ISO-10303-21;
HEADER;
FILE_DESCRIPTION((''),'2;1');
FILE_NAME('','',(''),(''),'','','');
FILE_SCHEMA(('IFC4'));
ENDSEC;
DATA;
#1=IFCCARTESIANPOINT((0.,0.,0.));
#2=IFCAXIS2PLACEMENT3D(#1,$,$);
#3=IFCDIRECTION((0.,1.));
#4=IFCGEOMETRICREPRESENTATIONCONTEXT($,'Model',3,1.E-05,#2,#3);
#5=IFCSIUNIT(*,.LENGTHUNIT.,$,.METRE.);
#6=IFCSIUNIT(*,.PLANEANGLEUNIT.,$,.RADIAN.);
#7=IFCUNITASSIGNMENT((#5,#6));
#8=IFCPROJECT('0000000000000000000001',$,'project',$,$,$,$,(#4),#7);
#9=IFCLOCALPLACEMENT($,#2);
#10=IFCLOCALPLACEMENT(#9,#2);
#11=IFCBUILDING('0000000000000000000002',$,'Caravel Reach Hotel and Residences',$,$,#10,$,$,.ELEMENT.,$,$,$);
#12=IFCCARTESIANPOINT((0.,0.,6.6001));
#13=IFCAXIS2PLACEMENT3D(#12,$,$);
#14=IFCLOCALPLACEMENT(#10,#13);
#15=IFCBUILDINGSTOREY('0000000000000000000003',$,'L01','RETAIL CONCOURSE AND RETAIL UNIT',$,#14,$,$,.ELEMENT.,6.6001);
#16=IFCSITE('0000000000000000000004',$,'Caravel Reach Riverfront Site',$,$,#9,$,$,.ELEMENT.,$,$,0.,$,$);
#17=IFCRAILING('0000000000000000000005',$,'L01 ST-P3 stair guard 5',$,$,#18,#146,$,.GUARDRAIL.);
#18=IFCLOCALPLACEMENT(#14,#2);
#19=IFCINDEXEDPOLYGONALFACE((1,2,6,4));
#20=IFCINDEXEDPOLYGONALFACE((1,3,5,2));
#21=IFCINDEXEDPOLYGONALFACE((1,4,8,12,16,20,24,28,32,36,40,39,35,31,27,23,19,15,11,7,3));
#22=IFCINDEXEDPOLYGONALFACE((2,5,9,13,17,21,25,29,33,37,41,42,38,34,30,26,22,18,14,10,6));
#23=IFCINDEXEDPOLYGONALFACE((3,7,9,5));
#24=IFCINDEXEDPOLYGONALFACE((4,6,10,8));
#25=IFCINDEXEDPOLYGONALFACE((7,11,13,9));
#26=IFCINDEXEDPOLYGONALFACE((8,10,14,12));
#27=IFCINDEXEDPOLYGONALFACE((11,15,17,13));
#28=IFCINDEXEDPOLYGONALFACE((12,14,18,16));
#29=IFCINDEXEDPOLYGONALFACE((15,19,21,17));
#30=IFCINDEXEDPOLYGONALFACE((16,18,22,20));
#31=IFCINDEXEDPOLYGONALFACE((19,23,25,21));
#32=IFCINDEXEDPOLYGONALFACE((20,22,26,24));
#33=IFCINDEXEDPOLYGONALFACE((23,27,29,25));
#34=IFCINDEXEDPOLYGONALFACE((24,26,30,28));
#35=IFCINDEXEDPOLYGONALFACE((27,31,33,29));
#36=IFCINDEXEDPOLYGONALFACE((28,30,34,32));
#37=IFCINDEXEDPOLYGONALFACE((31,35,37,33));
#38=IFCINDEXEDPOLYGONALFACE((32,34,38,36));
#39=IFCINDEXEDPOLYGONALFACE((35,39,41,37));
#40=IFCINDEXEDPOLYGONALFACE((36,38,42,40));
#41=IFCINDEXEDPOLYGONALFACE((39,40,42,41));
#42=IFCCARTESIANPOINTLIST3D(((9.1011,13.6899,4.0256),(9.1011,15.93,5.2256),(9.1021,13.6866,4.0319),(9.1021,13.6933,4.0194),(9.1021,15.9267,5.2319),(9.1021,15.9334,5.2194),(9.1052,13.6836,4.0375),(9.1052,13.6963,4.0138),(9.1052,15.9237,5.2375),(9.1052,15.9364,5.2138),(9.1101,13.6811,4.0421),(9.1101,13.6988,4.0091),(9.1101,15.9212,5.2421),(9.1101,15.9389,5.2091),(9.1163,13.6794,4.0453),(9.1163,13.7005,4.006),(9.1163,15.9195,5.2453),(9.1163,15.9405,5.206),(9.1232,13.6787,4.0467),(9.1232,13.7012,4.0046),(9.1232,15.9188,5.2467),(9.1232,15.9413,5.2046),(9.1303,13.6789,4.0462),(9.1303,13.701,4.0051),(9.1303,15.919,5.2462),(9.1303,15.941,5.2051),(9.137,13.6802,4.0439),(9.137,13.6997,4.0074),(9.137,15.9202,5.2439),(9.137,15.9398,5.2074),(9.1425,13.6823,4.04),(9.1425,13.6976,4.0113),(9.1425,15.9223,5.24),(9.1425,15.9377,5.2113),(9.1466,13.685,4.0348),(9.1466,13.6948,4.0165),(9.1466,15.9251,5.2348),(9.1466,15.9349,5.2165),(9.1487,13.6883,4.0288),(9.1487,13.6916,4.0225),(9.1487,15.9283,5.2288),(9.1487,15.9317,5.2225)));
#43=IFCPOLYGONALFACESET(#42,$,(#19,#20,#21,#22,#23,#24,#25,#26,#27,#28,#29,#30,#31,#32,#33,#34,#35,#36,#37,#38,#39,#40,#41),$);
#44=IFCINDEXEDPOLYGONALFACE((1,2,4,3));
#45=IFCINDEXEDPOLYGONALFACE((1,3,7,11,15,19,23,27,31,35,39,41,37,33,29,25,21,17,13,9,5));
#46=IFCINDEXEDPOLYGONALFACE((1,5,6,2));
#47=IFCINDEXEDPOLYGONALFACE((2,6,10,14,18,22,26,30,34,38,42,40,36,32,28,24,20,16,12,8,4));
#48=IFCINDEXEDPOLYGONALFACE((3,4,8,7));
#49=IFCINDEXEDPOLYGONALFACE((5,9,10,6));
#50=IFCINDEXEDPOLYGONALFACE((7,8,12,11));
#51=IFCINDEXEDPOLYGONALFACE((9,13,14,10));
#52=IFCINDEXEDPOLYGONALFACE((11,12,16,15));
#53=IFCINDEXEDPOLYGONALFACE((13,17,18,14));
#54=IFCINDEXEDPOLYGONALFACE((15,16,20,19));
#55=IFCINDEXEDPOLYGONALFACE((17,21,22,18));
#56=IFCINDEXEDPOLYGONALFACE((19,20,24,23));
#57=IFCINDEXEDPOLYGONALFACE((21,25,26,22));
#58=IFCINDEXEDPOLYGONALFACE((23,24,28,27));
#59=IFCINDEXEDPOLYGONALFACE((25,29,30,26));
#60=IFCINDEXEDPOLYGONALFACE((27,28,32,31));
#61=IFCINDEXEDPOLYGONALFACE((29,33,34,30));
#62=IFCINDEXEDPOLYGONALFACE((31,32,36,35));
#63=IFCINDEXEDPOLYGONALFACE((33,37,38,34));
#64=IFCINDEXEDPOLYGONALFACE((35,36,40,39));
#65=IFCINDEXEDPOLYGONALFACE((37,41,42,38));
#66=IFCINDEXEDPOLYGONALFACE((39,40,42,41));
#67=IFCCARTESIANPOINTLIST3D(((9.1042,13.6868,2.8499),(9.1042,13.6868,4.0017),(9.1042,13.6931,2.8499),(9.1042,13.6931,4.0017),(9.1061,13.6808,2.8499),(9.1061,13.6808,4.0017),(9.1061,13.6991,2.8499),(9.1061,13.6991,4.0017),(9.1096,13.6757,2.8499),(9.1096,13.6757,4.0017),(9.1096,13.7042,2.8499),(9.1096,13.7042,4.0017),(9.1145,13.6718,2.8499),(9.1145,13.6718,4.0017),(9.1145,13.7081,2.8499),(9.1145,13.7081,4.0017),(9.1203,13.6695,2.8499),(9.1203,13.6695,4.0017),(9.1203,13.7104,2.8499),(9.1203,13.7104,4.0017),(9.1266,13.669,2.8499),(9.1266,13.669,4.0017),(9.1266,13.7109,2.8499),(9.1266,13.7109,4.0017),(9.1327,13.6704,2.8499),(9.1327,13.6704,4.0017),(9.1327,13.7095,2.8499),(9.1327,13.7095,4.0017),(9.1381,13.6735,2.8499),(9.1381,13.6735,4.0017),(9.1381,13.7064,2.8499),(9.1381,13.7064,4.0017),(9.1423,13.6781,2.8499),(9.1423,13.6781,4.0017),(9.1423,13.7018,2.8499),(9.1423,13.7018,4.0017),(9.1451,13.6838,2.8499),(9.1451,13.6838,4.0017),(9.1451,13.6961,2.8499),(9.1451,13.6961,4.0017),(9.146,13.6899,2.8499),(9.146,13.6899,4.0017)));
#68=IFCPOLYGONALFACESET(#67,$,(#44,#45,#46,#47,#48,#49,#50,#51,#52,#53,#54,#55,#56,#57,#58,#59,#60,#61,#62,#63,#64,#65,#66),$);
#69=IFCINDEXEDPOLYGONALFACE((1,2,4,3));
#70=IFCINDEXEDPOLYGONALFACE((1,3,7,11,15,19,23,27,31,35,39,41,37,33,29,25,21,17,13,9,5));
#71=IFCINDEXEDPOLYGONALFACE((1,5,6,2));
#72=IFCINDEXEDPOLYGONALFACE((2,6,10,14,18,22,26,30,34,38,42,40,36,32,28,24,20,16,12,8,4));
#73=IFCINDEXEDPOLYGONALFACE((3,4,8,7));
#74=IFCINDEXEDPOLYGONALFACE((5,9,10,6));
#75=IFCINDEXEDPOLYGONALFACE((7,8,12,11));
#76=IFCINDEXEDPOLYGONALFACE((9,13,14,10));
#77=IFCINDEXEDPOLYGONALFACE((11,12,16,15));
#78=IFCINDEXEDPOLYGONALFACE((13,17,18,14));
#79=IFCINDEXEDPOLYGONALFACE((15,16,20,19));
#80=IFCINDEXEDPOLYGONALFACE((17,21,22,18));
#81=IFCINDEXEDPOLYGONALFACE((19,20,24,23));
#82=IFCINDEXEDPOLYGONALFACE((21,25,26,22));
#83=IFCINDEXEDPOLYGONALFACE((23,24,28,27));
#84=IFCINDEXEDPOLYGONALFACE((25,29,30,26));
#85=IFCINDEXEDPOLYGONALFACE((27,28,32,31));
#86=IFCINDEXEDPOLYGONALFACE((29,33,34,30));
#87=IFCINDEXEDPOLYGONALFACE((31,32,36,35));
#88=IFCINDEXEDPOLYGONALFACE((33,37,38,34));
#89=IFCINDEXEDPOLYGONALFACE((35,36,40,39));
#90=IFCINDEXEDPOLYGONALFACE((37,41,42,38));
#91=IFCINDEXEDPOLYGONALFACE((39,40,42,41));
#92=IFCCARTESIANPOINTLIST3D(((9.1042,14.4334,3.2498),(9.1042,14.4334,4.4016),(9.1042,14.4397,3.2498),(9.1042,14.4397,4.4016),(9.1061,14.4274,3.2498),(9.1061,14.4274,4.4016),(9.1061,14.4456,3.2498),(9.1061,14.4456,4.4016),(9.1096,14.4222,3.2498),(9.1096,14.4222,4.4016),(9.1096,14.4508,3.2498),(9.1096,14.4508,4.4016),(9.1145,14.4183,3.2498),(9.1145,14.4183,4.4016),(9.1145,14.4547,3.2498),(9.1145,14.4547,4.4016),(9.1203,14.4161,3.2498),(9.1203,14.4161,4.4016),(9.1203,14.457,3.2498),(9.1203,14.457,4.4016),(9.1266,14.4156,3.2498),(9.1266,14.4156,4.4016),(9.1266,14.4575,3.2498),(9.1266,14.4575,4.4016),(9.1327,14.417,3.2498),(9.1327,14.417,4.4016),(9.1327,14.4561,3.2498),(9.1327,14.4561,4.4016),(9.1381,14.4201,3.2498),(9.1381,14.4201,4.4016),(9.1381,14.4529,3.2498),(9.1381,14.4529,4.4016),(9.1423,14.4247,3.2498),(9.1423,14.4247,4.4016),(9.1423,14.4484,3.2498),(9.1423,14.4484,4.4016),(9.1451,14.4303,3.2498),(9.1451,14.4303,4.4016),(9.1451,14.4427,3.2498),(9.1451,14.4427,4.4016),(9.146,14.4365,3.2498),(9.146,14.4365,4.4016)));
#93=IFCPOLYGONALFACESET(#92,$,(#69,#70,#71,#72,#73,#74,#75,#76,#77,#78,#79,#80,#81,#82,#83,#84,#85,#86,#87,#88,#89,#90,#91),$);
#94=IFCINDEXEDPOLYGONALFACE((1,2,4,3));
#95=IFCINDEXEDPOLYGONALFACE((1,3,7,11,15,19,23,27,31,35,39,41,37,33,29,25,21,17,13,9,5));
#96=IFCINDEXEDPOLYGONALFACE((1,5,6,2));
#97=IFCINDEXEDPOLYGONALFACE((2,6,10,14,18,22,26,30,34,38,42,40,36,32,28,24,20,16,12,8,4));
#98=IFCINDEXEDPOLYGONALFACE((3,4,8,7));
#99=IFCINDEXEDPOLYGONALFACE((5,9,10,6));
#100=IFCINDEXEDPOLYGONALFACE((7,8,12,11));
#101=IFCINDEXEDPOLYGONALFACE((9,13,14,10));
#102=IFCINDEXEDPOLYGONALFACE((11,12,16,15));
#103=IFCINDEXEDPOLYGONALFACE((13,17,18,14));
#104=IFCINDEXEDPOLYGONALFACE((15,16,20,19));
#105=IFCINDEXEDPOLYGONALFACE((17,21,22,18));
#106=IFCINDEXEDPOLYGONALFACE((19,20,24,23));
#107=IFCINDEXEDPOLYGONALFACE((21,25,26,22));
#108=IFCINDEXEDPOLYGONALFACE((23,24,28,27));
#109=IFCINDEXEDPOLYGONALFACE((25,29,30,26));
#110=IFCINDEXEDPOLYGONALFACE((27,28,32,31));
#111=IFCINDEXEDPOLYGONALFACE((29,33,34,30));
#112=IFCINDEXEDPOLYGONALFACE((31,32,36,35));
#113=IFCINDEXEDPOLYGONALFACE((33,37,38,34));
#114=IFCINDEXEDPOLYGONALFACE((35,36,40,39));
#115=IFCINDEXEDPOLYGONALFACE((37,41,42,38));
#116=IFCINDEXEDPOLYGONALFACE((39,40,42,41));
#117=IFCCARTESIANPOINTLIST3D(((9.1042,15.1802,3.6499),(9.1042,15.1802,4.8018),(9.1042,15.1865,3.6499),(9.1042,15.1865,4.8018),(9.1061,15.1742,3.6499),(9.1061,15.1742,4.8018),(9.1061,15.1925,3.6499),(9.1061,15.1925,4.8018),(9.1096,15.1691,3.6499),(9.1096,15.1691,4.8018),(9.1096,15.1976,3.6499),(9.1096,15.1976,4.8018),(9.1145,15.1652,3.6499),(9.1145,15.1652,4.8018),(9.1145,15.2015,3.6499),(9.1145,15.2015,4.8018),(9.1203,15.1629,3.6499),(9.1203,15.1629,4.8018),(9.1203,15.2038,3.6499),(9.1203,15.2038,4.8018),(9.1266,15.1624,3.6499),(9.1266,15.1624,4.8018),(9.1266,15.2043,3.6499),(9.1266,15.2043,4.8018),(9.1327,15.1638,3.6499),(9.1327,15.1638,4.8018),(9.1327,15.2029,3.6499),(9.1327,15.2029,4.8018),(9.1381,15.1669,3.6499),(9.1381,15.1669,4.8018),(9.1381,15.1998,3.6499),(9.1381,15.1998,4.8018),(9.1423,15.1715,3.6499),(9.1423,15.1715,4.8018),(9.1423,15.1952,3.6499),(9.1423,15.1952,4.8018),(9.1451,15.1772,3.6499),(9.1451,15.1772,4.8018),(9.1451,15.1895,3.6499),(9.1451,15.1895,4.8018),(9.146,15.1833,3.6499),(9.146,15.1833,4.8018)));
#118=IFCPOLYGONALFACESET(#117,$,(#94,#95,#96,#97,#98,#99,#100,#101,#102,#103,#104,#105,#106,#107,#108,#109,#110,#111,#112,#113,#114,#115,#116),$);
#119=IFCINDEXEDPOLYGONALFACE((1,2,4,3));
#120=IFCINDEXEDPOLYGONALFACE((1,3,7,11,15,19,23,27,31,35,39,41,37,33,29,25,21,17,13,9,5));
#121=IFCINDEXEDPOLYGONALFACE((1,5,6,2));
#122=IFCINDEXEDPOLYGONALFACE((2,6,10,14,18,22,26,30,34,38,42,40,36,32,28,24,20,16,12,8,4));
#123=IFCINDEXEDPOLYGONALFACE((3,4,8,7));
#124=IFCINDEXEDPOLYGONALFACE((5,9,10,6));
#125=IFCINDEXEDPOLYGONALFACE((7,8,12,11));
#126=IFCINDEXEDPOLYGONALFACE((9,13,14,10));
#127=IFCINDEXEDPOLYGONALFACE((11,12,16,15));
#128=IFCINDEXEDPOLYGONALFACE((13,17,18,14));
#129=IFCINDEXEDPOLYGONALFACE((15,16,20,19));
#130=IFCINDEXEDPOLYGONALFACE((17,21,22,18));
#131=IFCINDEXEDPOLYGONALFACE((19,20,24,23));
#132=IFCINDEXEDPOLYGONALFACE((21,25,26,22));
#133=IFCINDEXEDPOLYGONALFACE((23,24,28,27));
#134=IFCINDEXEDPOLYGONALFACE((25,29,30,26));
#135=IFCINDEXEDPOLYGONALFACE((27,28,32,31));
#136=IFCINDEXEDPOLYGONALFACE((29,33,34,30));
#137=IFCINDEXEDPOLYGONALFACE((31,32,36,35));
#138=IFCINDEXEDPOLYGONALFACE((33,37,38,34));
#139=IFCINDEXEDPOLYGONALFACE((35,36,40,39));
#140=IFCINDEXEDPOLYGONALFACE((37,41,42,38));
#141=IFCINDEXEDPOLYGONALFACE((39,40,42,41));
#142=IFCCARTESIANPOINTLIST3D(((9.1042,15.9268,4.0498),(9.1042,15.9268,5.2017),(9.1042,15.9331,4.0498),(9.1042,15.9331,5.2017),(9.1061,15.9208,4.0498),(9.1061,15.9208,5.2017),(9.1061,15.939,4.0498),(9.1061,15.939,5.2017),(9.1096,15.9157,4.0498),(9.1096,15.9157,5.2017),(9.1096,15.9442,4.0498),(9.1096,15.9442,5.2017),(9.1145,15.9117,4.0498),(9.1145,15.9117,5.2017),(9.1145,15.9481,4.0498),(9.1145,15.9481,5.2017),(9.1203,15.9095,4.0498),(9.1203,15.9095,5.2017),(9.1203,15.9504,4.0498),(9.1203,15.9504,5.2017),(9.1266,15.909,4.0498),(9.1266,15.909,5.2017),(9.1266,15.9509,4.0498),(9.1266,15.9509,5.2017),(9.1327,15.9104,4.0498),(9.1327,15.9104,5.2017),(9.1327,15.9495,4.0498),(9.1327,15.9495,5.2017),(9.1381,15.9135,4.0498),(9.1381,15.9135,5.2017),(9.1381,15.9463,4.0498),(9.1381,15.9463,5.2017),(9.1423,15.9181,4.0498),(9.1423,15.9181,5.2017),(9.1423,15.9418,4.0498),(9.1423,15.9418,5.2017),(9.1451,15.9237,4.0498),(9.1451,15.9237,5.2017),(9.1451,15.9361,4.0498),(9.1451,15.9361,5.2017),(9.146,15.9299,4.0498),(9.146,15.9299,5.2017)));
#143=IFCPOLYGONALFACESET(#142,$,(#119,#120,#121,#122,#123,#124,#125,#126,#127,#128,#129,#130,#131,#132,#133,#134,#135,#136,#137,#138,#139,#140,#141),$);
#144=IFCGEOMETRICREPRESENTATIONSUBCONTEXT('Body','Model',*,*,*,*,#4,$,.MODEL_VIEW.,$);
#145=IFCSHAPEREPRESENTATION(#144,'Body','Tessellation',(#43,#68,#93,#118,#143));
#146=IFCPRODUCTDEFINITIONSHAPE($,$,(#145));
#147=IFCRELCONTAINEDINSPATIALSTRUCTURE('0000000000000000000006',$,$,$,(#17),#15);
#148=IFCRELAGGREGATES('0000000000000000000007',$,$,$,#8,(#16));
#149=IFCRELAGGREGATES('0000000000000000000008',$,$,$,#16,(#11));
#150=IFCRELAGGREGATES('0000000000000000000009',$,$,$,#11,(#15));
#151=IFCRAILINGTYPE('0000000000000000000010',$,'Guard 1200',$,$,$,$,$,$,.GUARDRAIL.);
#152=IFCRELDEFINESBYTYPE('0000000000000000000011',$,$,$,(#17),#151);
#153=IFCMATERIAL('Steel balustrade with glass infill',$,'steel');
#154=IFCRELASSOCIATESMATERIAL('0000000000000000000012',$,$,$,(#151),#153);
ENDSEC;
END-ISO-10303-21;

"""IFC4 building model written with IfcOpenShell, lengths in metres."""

from ifc_helpers import new_model, si_unit, direction, frame, origin, origin_2d, place, context, subcontext, project, spatial, circle, extrude, material, type_object, element, save


model = new_model("IFC4")

# Units and contexts
model_context = context("Model", 3, precision=1e-05, world=origin(), true_north=direction((0.0, 1.0)))
body_context = subcontext(model_context, "Body", "Model", "MODEL_VIEW")
ifc_project = project(units=[si_unit("LENGTHUNIT", "METRE"), si_unit("PLANEANGLEUNIT", "RADIAN")], contexts=[model_context])

# Site, building, storey
site_placement = place(None, origin())
site = spatial("IfcSite", under=ifc_project, at=site_placement, Name="Caravel Reach Riverfront Site", CompositionType="ELEMENT", RefElevation=0.0)
building_placement = place(site_placement, origin())
building = spatial("IfcBuilding", under=site, at=building_placement, Name="Caravel Reach Hotel and Residences", CompositionType="ELEMENT")
storey_placement = place(building_placement, frame((0.0, 0.0, 6.6001)))
storey = spatial("IfcBuildingStorey", under=building, at=storey_placement, Name="L01", Description="RETAIL CONCOURSE AND RETAIL UNIT", CompositionType="ELEMENT", Elevation=6.6001)

# Railing
ifc_material_1 = material(Name="Steel balustrade with glass infill", Category="steel")
railing_type_1 = type_object("IfcRailingType", Name="Guard 1200", PredefinedType="GUARDRAIL", material=ifc_material_1)
railing_1_placement = place(storey_placement, frame((9.125, 13.6899, 2.8499)))
element("IfcRailing", 1, at=railing_1_placement, inside=storey, type_object=railing_type_1, Name="L01 ST-P3 stair guard 5", PredefinedType="GUARDRAIL", context=body_context, shape_type="SweptSolid", body=[
    extrude(circle(Radius=0.0239, at=origin_2d()), frame((0.0, 0.0, 1.1758), z_axis=(0.0, 0.881487, 0.472208), x_axis=(-1.0, 0.0, 0.0)), (0.0, 0.0, 1.0), 2.5413),
    extrude(circle(Radius=0.021, at=origin_2d()), origin(), (0.0, 0.0, 1.0), 1.1519),
    extrude(circle(Radius=0.021, at=origin_2d()), frame((0.0, 0.7466, 0.3999)), (0.0, 0.0, 1.0), 1.1519),
    extrude(circle(Radius=0.021, at=origin_2d()), frame((0.0, 1.4934, 0.8)), (0.0, 0.0, 1.0), 1.1519),
    extrude(circle(Radius=0.021, at=origin_2d()), frame((0.0, 2.24, 1.2)), (0.0, 0.0, 1.0), 1.1519),
])

save(model, "model.ifc")
